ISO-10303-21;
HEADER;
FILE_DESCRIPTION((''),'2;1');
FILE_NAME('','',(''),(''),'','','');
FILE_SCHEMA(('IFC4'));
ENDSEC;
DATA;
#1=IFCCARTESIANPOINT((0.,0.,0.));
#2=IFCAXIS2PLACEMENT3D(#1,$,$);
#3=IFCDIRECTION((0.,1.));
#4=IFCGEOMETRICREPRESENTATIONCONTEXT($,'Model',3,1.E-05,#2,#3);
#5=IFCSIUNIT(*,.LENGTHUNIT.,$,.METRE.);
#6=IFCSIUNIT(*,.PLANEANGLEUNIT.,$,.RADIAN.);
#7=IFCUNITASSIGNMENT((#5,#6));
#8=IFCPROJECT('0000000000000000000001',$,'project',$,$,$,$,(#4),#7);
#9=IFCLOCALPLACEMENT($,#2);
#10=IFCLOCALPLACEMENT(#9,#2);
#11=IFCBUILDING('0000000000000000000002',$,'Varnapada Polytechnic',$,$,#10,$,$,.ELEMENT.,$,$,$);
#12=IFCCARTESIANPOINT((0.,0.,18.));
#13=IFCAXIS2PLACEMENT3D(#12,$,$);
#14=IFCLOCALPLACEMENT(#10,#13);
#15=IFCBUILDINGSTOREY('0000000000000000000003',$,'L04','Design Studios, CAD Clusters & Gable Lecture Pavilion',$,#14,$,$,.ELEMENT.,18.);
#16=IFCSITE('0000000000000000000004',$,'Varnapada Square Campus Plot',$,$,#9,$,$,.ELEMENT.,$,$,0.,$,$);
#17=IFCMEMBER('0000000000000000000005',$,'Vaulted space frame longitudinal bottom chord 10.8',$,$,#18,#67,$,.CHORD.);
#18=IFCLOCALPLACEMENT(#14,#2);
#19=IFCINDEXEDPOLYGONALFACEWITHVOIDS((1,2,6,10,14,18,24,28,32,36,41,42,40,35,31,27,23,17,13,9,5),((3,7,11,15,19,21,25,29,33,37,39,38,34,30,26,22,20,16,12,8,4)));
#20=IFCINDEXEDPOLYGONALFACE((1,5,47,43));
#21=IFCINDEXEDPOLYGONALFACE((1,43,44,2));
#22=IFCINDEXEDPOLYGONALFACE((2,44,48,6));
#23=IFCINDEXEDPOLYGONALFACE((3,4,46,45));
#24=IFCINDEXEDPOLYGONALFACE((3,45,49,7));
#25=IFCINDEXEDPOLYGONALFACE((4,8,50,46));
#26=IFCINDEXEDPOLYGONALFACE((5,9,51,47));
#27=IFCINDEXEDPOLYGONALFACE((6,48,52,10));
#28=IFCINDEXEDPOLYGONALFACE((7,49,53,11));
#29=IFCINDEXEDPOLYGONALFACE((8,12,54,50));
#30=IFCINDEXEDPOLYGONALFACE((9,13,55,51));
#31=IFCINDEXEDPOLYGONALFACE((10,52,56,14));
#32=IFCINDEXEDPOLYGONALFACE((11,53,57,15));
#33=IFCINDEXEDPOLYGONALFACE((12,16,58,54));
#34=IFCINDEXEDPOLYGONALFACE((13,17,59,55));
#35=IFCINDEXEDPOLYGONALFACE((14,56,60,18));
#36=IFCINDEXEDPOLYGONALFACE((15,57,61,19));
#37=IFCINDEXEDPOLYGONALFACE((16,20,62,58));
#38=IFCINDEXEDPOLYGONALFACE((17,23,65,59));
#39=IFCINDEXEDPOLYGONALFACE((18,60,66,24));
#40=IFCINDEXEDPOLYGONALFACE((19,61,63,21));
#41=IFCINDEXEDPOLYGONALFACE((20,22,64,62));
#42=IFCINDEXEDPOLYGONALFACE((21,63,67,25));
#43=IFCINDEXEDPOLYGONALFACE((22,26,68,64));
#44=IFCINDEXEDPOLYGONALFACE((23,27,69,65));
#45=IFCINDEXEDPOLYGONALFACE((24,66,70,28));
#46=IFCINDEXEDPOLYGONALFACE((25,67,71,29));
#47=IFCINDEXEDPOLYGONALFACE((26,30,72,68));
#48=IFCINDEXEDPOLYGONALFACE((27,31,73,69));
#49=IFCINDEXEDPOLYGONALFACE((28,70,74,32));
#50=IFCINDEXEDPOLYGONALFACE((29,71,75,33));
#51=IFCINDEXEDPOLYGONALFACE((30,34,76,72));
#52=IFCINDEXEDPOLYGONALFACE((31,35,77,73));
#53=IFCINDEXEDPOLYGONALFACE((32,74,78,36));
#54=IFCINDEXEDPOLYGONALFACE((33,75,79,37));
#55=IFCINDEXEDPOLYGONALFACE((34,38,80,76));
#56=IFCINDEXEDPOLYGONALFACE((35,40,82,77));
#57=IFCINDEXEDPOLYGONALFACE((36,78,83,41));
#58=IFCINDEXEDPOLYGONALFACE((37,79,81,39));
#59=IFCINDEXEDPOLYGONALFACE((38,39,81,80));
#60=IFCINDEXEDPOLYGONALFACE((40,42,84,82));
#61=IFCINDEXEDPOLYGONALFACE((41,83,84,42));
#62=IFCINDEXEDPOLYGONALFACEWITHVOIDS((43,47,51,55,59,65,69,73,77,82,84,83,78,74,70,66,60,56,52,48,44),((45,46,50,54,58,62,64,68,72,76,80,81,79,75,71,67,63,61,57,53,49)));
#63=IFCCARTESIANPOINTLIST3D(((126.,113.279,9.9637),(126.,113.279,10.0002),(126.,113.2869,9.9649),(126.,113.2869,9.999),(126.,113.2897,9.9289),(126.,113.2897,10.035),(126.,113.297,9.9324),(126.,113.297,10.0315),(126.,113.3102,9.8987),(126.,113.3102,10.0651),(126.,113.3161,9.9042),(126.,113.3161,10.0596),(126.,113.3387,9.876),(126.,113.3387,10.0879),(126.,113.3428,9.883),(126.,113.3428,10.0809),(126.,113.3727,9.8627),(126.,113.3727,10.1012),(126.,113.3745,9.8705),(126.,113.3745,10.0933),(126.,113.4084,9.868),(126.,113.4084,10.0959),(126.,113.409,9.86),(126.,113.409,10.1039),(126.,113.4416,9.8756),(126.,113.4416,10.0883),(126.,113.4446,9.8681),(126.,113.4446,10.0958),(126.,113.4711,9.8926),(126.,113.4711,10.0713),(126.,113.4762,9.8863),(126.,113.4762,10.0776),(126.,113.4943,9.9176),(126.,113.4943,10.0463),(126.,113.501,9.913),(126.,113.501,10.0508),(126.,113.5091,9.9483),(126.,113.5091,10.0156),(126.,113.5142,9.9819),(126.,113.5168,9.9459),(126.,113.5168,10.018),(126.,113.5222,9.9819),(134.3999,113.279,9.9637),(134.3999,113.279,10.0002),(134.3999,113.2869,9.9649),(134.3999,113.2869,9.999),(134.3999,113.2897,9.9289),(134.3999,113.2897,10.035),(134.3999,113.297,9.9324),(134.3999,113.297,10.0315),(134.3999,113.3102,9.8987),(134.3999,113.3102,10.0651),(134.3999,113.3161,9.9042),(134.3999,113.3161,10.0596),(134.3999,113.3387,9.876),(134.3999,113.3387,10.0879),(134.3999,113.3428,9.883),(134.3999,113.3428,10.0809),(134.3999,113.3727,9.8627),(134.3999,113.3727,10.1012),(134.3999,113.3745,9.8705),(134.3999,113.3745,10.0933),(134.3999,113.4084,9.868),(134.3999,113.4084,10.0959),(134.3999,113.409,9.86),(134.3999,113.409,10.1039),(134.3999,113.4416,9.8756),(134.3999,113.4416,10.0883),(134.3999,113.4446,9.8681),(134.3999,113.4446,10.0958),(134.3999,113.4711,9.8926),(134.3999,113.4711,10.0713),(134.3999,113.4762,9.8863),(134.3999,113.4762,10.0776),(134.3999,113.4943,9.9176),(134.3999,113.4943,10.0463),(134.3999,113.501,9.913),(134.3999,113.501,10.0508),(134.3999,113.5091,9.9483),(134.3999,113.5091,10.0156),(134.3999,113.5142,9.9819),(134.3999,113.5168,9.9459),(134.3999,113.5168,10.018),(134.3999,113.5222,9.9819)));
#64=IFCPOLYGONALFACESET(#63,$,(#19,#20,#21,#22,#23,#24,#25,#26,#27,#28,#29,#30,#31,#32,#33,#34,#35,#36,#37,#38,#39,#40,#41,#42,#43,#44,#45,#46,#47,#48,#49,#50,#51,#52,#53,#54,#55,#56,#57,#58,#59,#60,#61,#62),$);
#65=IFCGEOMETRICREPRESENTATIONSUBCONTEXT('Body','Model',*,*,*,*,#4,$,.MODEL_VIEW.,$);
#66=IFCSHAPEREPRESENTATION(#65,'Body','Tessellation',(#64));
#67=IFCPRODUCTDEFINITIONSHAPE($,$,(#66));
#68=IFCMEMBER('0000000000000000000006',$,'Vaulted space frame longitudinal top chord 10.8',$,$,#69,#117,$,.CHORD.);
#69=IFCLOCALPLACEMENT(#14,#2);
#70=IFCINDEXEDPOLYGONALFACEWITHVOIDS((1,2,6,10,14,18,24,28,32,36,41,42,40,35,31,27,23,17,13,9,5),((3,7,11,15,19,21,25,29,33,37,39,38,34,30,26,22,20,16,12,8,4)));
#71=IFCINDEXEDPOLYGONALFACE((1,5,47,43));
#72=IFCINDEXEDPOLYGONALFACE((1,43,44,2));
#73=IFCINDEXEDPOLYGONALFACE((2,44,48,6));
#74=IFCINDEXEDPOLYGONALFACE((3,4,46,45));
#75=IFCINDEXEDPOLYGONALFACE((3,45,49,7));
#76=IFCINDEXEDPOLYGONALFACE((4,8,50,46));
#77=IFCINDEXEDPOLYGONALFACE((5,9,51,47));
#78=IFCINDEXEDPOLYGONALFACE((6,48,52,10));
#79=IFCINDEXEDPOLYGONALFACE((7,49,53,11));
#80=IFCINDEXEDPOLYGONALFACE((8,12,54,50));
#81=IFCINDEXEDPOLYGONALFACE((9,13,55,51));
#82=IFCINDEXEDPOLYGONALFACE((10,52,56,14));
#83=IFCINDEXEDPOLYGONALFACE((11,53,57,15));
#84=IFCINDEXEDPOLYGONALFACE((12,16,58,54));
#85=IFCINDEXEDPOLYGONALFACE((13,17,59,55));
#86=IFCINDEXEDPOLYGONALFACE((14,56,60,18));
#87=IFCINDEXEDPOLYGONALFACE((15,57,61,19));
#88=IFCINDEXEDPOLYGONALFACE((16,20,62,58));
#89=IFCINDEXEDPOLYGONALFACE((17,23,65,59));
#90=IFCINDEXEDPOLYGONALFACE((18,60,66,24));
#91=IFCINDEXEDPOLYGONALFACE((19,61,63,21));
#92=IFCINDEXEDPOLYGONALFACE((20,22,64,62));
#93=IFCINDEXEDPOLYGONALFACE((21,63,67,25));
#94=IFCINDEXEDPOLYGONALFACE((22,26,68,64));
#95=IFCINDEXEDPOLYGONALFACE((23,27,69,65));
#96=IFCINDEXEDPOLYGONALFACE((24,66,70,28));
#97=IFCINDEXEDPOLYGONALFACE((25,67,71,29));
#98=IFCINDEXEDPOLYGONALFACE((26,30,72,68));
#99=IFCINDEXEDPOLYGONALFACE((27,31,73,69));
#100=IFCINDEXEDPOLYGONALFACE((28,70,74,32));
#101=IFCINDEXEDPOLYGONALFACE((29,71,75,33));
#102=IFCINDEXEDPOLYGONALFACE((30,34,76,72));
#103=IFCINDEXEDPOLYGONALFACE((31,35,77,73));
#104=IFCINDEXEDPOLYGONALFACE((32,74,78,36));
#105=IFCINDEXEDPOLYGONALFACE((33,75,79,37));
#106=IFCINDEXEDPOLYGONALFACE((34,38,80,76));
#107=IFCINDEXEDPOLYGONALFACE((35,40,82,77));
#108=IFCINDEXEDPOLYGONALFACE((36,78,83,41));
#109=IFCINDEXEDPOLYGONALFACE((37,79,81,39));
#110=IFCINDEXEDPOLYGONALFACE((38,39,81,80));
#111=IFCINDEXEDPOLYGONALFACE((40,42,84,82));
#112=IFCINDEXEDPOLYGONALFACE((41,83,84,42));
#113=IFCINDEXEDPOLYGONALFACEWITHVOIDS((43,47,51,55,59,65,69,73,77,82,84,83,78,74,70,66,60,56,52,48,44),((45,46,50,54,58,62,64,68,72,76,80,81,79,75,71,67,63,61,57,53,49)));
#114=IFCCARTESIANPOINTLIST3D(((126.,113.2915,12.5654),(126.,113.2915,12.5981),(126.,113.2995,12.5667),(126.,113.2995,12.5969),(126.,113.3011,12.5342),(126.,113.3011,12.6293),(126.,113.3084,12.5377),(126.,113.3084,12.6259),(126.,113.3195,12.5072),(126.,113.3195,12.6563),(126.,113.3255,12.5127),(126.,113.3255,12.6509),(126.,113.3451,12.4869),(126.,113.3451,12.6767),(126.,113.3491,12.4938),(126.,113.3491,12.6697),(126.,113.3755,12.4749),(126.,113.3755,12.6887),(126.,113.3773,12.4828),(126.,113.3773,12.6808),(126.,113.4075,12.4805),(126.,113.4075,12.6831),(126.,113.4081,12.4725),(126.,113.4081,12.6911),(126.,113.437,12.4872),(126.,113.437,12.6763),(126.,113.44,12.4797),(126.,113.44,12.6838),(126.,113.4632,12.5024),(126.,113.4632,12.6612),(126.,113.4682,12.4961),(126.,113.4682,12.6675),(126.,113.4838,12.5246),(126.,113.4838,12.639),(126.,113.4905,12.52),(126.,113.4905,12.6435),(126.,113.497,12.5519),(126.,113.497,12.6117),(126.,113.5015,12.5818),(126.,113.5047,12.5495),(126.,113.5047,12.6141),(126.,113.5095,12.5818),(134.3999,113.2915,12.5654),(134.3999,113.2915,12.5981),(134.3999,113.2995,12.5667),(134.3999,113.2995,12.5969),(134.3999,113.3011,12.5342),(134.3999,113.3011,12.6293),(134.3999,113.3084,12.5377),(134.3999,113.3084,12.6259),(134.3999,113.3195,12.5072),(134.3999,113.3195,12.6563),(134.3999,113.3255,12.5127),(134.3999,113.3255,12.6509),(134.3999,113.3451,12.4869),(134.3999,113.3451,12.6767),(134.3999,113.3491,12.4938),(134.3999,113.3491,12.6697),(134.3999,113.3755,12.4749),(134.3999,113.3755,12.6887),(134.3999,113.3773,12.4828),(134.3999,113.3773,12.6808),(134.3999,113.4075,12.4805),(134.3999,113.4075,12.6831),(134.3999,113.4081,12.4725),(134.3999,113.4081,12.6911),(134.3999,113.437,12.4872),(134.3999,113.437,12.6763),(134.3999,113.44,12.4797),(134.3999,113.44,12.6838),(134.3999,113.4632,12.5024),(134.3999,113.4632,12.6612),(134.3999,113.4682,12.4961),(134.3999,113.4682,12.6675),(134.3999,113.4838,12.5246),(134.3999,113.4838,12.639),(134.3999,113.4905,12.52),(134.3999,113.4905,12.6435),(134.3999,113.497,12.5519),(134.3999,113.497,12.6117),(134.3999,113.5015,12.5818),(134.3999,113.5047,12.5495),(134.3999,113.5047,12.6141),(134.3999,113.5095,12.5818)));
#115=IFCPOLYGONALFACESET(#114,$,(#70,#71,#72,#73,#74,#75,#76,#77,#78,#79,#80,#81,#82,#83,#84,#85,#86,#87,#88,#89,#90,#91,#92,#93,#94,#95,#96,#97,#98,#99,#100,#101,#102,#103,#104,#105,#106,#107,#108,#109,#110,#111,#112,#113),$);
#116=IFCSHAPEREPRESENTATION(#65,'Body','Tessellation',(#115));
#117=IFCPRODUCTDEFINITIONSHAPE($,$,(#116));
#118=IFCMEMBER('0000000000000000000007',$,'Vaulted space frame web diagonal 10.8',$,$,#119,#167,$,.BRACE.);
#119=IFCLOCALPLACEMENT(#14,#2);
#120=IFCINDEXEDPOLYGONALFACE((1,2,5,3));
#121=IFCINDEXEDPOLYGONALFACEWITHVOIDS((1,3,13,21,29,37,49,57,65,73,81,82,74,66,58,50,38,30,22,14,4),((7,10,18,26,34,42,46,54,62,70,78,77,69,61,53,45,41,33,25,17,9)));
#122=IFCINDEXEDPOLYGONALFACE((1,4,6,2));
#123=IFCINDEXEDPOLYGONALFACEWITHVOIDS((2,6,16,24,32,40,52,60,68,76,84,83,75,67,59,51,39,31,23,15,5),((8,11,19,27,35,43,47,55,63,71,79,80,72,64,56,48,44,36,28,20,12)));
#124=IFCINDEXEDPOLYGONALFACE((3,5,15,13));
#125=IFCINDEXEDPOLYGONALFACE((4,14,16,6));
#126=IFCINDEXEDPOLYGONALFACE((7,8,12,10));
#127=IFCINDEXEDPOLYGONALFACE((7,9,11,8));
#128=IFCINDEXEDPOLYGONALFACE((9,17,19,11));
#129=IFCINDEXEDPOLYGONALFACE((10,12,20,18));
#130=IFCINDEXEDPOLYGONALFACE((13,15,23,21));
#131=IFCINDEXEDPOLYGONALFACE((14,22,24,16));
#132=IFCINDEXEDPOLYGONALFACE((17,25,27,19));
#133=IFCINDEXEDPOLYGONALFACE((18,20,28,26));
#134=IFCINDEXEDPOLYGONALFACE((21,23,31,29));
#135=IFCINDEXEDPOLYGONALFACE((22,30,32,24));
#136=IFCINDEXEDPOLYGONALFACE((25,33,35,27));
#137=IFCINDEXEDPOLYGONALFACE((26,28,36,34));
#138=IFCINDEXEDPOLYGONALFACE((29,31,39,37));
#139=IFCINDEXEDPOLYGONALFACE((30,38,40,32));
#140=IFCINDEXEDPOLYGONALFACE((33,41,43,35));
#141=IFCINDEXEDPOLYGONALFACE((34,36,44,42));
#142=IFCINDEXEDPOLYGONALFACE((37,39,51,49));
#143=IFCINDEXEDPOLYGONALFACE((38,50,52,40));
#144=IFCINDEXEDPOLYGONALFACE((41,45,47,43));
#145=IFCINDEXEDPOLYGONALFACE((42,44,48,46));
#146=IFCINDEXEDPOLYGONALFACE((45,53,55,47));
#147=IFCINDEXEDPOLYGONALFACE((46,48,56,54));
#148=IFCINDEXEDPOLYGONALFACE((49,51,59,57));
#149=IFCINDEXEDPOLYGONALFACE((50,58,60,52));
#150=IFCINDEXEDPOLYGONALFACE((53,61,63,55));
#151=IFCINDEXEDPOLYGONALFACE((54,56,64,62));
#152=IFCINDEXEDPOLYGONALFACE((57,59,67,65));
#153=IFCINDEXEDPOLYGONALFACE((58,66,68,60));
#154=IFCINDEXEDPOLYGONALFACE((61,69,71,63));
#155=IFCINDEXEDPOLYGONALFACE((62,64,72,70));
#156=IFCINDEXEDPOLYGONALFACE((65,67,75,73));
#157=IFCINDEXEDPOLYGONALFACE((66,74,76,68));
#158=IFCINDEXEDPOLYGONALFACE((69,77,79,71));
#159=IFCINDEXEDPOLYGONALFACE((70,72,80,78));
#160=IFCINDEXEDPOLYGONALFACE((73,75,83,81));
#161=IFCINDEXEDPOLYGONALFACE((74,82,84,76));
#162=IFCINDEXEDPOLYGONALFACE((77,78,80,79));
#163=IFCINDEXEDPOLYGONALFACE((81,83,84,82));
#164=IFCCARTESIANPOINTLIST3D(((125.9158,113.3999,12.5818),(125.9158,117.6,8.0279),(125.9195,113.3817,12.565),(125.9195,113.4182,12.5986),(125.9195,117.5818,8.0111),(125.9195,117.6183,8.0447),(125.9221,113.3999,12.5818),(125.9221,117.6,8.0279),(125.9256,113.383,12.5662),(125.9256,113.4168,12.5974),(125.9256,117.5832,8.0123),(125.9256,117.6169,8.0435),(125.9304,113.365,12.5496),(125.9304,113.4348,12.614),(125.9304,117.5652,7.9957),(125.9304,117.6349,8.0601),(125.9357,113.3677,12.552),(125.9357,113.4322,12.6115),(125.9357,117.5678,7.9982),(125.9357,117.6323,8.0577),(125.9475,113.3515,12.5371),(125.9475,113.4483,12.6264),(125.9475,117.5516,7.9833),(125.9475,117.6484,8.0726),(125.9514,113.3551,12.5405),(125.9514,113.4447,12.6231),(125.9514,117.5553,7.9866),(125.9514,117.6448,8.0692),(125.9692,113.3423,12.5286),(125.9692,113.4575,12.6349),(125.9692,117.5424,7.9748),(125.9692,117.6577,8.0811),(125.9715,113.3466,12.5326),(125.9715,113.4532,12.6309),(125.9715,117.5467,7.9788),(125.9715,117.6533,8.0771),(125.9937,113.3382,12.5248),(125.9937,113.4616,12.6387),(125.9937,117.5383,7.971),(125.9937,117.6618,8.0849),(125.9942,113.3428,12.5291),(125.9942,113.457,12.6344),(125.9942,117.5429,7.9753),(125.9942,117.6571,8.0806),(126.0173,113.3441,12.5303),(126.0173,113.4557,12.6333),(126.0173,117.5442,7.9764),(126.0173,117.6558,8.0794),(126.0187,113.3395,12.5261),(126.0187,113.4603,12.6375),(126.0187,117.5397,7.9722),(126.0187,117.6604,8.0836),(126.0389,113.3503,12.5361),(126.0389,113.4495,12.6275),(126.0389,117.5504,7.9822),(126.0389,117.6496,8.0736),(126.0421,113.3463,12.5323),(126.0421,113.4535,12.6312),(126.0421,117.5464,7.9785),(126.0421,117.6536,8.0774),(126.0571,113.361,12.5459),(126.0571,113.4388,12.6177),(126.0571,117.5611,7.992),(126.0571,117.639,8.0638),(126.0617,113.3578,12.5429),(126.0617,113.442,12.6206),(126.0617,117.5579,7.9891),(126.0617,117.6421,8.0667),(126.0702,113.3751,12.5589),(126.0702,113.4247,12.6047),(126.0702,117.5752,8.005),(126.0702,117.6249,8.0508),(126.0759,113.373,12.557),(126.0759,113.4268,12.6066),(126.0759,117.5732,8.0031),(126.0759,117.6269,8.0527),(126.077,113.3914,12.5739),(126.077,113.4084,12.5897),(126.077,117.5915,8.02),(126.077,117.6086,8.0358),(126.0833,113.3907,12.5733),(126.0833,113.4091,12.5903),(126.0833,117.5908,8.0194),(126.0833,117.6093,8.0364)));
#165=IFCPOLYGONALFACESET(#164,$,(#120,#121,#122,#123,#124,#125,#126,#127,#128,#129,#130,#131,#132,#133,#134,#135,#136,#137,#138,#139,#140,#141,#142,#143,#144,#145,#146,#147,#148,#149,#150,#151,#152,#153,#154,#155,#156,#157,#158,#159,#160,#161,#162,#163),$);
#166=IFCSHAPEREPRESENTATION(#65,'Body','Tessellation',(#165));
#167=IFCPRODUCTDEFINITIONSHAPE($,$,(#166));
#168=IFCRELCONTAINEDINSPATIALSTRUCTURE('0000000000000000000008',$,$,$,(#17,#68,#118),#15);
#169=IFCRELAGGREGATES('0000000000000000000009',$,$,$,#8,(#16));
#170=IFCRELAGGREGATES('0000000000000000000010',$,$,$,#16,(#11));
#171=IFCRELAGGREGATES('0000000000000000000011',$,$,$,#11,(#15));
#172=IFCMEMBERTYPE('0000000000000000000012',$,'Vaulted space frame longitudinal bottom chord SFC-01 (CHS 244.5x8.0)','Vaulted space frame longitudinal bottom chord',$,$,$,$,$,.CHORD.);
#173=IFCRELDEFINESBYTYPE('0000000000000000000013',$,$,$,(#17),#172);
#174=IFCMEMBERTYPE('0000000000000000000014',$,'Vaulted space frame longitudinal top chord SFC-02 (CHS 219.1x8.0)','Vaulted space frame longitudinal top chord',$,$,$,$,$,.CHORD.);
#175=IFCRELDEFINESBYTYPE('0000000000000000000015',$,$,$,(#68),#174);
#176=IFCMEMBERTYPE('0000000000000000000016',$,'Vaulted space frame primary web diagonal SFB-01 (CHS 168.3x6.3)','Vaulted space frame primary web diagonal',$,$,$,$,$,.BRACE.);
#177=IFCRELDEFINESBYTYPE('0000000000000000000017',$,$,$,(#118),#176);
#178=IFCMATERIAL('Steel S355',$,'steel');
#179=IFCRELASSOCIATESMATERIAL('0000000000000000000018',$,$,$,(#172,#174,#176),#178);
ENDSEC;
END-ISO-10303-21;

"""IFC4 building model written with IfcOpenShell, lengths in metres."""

from ifc_helpers import new_model, si_unit, direction, frame, origin, origin_2d, place, context, subcontext, project, spatial, hollow_circle, extrude, material, material_profile, profile_set, type_object, element, save


model = new_model("IFC4")

# Units and contexts
model_context = context("Model", 3, precision=1e-05, world=origin(), true_north=direction((0.0, 1.0)))
body_context = subcontext(model_context, "Body", "Model", "MODEL_VIEW")
ifc_project = project(units=[si_unit("LENGTHUNIT", "METRE"), si_unit("PLANEANGLEUNIT", "RADIAN")], contexts=[model_context])

# Site, building, storey
site_placement = place(None, origin())
site = spatial("IfcSite", under=ifc_project, at=site_placement, Name="Varnapada Square Campus Plot", CompositionType="ELEMENT", RefElevation=0.0)
building_placement = place(site_placement, origin())
building = spatial("IfcBuilding", under=site, at=building_placement, Name="Varnapada Polytechnic", CompositionType="ELEMENT")
storey_placement = place(building_placement, frame((0.0, 0.0, 18.0)))
storey = spatial("IfcBuildingStorey", under=building, at=storey_placement, Name="L04", Description="Design Studios, CAD Clusters & Gable Lecture Pavilion", CompositionType="ELEMENT", Elevation=18.0)

# Shared definitions
ifc_material = material(Name="Steel S355", Category="steel")

# Members
ifc_material_profile_1 = material_profile(ifc_material, hollow_circle(Radius=0.1223, WallThickness=0.0081, at=origin_2d()), Name="CHS 244.5x8.0")
ifc_profile_set_1 = profile_set([ifc_material_profile_1], Name="Steel S355")
member_type_1 = type_object("IfcMemberType", Name="Vaulted space frame longitudinal bottom chord SFC-01 (CHS 244.5x8.0)", Description="Vaulted space frame longitudinal bottom chord", PredefinedType="CHORD", material=ifc_profile_set_1)
member_1_placement = place(storey_placement, frame((126.0, 113.3999, 9.9819), z_axis=(1.0, 0.0, 0.0), x_axis=(0.0, 1.0, 0.0)))
element("IfcMember", 1, at=member_1_placement, inside=storey, type_object=member_type_1, Name="Vaulted space frame longitudinal bottom chord 10.8", PredefinedType="CHORD", context=body_context, shape_type="SweptSolid", body=[
    extrude(hollow_circle(Radius=0.1223, WallThickness=0.0081, at=origin_2d()), origin(), (0.0, 0.0, 1.0), 8.3999),
])
ifc_material_profile_2 = material_profile(ifc_material, hollow_circle(Radius=0.1096, WallThickness=0.0081, at=origin_2d()), Name="CHS 219.1x8.0")
ifc_profile_set_2 = profile_set([ifc_material_profile_2], Name="Steel S355")
member_type_2 = type_object("IfcMemberType", Name="Vaulted space frame longitudinal top chord SFC-02 (CHS 219.1x8.0)", Description="Vaulted space frame longitudinal top chord", PredefinedType="CHORD", material=ifc_profile_set_2)
member_2_placement = place(storey_placement, frame((126.0, 113.3999, 12.5818), z_axis=(1.0, 0.0, 0.0), x_axis=(0.0, 1.0, 0.0)))
element("IfcMember", 2, at=member_2_placement, inside=storey, type_object=member_type_2, Name="Vaulted space frame longitudinal top chord 10.8", PredefinedType="CHORD", context=body_context, shape_type="SweptSolid", body=[
    extrude(hollow_circle(Radius=0.1096, WallThickness=0.0081, at=origin_2d()), origin(), (0.0, 0.0, 1.0), 8.3999),
])
ifc_material_profile_3 = material_profile(ifc_material, hollow_circle(Radius=0.0842, WallThickness=0.0063, at=origin_2d()), Name="CHS 168.3x6.3")
ifc_profile_set_3 = profile_set([ifc_material_profile_3], Name="Steel S355")
member_type_3 = type_object("IfcMemberType", Name="Vaulted space frame primary web diagonal SFB-01 (CHS 168.3x6.3)", Description="Vaulted space frame primary web diagonal", PredefinedType="BRACE", material=ifc_profile_set_3)
member_3_placement = place(storey_placement, frame((126.0, 113.3999, 12.5818), z_axis=(0.0, 0.677979, -0.735081), x_axis=(-1.0, 0.0, 0.0)))
element("IfcMember", 3, at=member_3_placement, inside=storey, type_object=member_type_3, Name="Vaulted space frame web diagonal 10.8", PredefinedType="BRACE", context=body_context, shape_type="SweptSolid", body=[
    extrude(hollow_circle(Radius=0.0842, WallThickness=0.0063, at=origin_2d()), origin(), (0.0, 0.0, 1.0), 6.1951),
])

save(model, "model.ifc")
